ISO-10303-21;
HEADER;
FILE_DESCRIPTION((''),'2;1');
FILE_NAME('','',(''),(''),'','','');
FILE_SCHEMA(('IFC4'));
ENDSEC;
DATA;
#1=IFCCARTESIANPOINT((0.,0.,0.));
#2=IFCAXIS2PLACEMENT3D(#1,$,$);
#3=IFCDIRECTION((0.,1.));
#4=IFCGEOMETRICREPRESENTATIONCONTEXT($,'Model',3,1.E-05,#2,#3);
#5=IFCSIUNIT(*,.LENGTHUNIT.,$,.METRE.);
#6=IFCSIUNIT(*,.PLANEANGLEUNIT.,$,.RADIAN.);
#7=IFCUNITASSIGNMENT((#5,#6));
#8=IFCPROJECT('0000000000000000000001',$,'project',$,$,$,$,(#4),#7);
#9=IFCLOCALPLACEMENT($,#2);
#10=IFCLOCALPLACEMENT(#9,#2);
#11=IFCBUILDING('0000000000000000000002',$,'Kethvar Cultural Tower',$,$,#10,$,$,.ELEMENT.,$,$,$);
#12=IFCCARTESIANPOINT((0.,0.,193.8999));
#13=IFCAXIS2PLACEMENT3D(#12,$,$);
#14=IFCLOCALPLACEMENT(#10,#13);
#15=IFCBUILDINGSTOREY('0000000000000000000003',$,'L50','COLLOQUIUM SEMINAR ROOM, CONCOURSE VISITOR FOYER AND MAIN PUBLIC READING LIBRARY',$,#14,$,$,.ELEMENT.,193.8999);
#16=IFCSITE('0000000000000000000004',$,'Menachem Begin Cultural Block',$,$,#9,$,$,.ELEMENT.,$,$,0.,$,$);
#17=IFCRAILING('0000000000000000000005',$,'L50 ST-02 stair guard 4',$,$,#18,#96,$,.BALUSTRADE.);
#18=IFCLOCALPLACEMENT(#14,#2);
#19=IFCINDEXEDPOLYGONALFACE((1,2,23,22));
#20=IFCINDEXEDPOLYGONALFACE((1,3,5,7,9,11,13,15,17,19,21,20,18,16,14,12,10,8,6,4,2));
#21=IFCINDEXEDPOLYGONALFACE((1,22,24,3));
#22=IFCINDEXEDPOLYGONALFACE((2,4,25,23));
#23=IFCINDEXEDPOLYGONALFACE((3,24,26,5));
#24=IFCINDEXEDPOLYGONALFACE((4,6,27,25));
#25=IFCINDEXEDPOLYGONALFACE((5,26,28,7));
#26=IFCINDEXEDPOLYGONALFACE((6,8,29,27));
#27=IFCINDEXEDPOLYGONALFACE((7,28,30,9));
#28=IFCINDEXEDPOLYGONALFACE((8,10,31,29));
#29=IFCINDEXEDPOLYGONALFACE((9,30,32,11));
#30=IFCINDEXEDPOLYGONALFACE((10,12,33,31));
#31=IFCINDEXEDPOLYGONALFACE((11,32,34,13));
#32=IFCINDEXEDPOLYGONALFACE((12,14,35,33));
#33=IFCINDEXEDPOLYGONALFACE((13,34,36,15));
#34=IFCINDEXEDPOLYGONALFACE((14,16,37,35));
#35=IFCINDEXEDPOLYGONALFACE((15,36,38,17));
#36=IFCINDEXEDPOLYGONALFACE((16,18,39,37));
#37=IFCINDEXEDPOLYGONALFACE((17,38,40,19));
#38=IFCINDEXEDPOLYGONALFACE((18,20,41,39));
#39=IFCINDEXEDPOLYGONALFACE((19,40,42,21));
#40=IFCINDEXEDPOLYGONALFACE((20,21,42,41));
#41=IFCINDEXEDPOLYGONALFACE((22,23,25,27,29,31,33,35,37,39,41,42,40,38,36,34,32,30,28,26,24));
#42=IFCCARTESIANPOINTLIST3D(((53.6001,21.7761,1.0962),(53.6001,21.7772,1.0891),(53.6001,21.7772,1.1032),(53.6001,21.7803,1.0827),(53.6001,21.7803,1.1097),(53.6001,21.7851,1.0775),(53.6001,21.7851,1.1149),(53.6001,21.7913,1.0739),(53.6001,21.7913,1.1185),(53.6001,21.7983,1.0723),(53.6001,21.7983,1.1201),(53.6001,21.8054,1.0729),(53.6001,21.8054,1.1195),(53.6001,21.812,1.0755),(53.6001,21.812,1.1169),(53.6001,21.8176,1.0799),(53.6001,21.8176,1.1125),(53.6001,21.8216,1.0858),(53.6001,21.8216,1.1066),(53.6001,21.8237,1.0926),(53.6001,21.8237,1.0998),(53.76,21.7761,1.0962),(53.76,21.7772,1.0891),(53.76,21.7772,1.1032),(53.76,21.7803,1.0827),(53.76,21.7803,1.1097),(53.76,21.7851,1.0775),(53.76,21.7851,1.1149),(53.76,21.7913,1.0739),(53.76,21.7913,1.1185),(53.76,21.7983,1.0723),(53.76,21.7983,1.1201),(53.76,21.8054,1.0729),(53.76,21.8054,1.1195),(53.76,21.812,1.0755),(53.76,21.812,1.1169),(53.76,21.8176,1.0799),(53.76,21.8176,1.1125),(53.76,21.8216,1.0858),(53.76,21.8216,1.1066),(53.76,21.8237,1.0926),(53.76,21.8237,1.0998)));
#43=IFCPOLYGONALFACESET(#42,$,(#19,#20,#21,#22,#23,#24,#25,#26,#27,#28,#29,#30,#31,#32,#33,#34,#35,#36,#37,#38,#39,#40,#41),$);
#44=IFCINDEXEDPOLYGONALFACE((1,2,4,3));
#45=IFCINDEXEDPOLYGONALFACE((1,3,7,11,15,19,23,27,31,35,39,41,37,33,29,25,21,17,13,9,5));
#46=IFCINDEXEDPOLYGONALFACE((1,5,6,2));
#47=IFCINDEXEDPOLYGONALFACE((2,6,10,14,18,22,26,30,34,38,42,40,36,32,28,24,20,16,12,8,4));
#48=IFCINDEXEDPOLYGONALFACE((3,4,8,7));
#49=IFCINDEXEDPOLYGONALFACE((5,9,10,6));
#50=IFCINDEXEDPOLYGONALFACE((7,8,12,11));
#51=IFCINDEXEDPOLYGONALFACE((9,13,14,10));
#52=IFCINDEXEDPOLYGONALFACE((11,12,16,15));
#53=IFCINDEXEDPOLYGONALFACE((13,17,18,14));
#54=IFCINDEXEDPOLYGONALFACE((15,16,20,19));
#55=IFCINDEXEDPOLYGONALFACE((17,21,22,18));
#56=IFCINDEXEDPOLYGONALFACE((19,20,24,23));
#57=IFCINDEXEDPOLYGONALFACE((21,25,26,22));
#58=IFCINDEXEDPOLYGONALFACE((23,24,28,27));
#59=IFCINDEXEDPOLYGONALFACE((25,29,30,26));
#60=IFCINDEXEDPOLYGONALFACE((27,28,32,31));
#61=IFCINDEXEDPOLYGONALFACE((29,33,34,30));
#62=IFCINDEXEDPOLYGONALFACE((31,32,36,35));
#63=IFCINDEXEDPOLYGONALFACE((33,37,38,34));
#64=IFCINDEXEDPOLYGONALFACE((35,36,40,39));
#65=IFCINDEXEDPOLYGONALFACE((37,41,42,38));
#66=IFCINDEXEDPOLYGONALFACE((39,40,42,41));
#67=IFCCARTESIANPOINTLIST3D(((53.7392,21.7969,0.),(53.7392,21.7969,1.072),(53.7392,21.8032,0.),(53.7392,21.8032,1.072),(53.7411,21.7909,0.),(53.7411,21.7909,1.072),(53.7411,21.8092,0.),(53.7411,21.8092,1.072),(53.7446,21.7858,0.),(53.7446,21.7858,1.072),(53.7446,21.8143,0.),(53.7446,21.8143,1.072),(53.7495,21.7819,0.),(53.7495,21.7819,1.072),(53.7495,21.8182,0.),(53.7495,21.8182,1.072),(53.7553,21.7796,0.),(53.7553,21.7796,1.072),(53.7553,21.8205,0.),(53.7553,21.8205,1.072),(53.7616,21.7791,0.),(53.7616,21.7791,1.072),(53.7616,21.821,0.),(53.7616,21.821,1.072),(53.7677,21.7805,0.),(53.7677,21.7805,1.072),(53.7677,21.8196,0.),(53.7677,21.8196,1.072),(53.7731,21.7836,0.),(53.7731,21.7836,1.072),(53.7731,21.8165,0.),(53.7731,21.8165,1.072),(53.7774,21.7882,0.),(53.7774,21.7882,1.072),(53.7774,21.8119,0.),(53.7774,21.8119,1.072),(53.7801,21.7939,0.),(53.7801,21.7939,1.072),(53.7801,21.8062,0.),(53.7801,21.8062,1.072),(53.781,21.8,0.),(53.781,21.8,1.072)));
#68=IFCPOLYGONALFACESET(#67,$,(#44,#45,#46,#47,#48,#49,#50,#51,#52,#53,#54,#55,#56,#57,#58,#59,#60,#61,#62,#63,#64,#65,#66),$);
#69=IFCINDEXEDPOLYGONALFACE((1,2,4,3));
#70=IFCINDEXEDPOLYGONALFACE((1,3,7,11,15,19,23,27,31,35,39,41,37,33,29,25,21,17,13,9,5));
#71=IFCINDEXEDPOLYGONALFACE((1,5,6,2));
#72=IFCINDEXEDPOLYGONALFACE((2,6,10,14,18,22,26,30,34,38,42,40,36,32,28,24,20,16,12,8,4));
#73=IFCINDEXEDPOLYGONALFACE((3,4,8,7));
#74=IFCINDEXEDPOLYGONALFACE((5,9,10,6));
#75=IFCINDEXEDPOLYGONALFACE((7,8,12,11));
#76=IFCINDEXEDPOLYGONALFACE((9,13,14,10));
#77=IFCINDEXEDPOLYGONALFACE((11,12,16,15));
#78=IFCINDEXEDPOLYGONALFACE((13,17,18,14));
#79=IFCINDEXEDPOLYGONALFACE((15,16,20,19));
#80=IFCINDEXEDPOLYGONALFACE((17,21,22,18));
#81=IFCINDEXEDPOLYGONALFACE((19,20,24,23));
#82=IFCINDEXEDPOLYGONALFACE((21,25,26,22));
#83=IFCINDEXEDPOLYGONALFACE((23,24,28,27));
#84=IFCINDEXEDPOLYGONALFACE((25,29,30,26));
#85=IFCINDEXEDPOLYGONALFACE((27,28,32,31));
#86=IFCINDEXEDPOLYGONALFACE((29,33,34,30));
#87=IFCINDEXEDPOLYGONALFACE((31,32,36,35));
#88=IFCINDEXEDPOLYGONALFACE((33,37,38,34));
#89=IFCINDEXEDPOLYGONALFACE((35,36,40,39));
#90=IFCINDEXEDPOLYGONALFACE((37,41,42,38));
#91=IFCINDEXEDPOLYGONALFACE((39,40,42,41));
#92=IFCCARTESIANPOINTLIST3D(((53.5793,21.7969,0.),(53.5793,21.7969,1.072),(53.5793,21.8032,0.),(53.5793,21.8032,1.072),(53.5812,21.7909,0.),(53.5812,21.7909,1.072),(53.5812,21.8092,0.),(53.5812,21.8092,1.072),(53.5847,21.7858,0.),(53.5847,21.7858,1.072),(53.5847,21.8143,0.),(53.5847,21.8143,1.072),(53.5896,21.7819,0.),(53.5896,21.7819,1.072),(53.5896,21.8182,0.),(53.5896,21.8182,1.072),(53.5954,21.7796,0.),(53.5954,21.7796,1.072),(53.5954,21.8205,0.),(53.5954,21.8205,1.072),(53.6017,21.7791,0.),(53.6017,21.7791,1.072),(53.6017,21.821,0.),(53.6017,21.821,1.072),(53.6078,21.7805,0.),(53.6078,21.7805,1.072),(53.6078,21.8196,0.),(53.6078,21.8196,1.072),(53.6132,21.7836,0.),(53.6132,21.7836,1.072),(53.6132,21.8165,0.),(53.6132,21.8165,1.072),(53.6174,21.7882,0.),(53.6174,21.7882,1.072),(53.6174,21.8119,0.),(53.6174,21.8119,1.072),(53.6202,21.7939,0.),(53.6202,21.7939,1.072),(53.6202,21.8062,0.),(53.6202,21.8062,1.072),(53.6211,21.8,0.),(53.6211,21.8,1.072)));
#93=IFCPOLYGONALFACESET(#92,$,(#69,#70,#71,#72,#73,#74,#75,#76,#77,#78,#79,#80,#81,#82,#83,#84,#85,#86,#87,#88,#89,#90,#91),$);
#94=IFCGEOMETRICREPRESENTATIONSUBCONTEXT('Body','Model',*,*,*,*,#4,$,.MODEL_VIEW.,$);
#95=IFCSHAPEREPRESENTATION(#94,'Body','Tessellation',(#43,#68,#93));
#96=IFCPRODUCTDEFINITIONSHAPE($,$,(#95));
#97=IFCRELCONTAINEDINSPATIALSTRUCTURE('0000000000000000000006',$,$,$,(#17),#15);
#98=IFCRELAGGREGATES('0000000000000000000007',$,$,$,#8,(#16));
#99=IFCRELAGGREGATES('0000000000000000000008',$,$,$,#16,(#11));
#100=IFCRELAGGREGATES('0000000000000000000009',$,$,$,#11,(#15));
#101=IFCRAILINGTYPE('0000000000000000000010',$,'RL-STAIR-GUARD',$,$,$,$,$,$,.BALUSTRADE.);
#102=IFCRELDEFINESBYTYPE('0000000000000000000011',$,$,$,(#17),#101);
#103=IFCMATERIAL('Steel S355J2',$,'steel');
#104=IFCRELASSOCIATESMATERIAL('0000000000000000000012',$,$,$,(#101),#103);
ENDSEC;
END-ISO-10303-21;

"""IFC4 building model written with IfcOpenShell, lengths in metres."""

from ifc_helpers import new_model, si_unit, direction, frame, origin, origin_2d, place, context, subcontext, project, spatial, circle, extrude, material, type_object, element, save


model = new_model("IFC4")

# Units and contexts
model_context = context("Model", 3, precision=1e-05, world=origin(), true_north=direction((0.0, 1.0)))
body_context = subcontext(model_context, "Body", "Model", "MODEL_VIEW")
ifc_project = project(units=[si_unit("LENGTHUNIT", "METRE"), si_unit("PLANEANGLEUNIT", "RADIAN")], contexts=[model_context])

# Site, building, storey
site_placement = place(None, origin())
site = spatial("IfcSite", under=ifc_project, at=site_placement, Name="Menachem Begin Cultural Block", CompositionType="ELEMENT", RefElevation=0.0)
building_placement = place(site_placement, origin())
building = spatial("IfcBuilding", under=site, at=building_placement, Name="Kethvar Cultural Tower", CompositionType="ELEMENT")
storey_placement = place(building_placement, frame((0.0, 0.0, 193.8999)))
storey = spatial("IfcBuildingStorey", under=building, at=storey_placement, Name="L50", Description="COLLOQUIUM SEMINAR ROOM, CONCOURSE VISITOR FOYER AND MAIN PUBLIC READING LIBRARY", CompositionType="ELEMENT", Elevation=193.8999)

# Shared definitions
ifc_material_1 = material(Name="Steel S355J2", Category="steel")

# Railing
railing_type_1 = type_object("IfcRailingType", Name="RL-STAIR-GUARD", PredefinedType="BALUSTRADE", material=ifc_material_1)
railing_1_placement = place(storey_placement, frame((53.76, 21.8, 0.0)))
element("IfcRailing", 1, at=railing_1_placement, inside=storey, type_object=railing_type_1, Name="L50 ST-02 stair guard 4", PredefinedType="BALUSTRADE", context=body_context, shape_type="SweptSolid", body=[
    extrude(circle(Radius=0.0239, at=origin_2d()), frame((0.0, 0.0, 1.0962), z_axis=(-1.0, 0.0, 0.0), x_axis=(0.0, -1.0, 0.0)), (0.0, 0.0, 1.0), 0.1599),
    extrude(circle(Radius=0.021, at=origin_2d()), origin(), (0.0, 0.0, 1.0), 1.072),
    extrude(circle(Radius=0.021, at=origin_2d()), frame((-0.1599, 0.0, 0.0)), (0.0, 0.0, 1.0), 1.072),
])

save(model, "model.ifc")
